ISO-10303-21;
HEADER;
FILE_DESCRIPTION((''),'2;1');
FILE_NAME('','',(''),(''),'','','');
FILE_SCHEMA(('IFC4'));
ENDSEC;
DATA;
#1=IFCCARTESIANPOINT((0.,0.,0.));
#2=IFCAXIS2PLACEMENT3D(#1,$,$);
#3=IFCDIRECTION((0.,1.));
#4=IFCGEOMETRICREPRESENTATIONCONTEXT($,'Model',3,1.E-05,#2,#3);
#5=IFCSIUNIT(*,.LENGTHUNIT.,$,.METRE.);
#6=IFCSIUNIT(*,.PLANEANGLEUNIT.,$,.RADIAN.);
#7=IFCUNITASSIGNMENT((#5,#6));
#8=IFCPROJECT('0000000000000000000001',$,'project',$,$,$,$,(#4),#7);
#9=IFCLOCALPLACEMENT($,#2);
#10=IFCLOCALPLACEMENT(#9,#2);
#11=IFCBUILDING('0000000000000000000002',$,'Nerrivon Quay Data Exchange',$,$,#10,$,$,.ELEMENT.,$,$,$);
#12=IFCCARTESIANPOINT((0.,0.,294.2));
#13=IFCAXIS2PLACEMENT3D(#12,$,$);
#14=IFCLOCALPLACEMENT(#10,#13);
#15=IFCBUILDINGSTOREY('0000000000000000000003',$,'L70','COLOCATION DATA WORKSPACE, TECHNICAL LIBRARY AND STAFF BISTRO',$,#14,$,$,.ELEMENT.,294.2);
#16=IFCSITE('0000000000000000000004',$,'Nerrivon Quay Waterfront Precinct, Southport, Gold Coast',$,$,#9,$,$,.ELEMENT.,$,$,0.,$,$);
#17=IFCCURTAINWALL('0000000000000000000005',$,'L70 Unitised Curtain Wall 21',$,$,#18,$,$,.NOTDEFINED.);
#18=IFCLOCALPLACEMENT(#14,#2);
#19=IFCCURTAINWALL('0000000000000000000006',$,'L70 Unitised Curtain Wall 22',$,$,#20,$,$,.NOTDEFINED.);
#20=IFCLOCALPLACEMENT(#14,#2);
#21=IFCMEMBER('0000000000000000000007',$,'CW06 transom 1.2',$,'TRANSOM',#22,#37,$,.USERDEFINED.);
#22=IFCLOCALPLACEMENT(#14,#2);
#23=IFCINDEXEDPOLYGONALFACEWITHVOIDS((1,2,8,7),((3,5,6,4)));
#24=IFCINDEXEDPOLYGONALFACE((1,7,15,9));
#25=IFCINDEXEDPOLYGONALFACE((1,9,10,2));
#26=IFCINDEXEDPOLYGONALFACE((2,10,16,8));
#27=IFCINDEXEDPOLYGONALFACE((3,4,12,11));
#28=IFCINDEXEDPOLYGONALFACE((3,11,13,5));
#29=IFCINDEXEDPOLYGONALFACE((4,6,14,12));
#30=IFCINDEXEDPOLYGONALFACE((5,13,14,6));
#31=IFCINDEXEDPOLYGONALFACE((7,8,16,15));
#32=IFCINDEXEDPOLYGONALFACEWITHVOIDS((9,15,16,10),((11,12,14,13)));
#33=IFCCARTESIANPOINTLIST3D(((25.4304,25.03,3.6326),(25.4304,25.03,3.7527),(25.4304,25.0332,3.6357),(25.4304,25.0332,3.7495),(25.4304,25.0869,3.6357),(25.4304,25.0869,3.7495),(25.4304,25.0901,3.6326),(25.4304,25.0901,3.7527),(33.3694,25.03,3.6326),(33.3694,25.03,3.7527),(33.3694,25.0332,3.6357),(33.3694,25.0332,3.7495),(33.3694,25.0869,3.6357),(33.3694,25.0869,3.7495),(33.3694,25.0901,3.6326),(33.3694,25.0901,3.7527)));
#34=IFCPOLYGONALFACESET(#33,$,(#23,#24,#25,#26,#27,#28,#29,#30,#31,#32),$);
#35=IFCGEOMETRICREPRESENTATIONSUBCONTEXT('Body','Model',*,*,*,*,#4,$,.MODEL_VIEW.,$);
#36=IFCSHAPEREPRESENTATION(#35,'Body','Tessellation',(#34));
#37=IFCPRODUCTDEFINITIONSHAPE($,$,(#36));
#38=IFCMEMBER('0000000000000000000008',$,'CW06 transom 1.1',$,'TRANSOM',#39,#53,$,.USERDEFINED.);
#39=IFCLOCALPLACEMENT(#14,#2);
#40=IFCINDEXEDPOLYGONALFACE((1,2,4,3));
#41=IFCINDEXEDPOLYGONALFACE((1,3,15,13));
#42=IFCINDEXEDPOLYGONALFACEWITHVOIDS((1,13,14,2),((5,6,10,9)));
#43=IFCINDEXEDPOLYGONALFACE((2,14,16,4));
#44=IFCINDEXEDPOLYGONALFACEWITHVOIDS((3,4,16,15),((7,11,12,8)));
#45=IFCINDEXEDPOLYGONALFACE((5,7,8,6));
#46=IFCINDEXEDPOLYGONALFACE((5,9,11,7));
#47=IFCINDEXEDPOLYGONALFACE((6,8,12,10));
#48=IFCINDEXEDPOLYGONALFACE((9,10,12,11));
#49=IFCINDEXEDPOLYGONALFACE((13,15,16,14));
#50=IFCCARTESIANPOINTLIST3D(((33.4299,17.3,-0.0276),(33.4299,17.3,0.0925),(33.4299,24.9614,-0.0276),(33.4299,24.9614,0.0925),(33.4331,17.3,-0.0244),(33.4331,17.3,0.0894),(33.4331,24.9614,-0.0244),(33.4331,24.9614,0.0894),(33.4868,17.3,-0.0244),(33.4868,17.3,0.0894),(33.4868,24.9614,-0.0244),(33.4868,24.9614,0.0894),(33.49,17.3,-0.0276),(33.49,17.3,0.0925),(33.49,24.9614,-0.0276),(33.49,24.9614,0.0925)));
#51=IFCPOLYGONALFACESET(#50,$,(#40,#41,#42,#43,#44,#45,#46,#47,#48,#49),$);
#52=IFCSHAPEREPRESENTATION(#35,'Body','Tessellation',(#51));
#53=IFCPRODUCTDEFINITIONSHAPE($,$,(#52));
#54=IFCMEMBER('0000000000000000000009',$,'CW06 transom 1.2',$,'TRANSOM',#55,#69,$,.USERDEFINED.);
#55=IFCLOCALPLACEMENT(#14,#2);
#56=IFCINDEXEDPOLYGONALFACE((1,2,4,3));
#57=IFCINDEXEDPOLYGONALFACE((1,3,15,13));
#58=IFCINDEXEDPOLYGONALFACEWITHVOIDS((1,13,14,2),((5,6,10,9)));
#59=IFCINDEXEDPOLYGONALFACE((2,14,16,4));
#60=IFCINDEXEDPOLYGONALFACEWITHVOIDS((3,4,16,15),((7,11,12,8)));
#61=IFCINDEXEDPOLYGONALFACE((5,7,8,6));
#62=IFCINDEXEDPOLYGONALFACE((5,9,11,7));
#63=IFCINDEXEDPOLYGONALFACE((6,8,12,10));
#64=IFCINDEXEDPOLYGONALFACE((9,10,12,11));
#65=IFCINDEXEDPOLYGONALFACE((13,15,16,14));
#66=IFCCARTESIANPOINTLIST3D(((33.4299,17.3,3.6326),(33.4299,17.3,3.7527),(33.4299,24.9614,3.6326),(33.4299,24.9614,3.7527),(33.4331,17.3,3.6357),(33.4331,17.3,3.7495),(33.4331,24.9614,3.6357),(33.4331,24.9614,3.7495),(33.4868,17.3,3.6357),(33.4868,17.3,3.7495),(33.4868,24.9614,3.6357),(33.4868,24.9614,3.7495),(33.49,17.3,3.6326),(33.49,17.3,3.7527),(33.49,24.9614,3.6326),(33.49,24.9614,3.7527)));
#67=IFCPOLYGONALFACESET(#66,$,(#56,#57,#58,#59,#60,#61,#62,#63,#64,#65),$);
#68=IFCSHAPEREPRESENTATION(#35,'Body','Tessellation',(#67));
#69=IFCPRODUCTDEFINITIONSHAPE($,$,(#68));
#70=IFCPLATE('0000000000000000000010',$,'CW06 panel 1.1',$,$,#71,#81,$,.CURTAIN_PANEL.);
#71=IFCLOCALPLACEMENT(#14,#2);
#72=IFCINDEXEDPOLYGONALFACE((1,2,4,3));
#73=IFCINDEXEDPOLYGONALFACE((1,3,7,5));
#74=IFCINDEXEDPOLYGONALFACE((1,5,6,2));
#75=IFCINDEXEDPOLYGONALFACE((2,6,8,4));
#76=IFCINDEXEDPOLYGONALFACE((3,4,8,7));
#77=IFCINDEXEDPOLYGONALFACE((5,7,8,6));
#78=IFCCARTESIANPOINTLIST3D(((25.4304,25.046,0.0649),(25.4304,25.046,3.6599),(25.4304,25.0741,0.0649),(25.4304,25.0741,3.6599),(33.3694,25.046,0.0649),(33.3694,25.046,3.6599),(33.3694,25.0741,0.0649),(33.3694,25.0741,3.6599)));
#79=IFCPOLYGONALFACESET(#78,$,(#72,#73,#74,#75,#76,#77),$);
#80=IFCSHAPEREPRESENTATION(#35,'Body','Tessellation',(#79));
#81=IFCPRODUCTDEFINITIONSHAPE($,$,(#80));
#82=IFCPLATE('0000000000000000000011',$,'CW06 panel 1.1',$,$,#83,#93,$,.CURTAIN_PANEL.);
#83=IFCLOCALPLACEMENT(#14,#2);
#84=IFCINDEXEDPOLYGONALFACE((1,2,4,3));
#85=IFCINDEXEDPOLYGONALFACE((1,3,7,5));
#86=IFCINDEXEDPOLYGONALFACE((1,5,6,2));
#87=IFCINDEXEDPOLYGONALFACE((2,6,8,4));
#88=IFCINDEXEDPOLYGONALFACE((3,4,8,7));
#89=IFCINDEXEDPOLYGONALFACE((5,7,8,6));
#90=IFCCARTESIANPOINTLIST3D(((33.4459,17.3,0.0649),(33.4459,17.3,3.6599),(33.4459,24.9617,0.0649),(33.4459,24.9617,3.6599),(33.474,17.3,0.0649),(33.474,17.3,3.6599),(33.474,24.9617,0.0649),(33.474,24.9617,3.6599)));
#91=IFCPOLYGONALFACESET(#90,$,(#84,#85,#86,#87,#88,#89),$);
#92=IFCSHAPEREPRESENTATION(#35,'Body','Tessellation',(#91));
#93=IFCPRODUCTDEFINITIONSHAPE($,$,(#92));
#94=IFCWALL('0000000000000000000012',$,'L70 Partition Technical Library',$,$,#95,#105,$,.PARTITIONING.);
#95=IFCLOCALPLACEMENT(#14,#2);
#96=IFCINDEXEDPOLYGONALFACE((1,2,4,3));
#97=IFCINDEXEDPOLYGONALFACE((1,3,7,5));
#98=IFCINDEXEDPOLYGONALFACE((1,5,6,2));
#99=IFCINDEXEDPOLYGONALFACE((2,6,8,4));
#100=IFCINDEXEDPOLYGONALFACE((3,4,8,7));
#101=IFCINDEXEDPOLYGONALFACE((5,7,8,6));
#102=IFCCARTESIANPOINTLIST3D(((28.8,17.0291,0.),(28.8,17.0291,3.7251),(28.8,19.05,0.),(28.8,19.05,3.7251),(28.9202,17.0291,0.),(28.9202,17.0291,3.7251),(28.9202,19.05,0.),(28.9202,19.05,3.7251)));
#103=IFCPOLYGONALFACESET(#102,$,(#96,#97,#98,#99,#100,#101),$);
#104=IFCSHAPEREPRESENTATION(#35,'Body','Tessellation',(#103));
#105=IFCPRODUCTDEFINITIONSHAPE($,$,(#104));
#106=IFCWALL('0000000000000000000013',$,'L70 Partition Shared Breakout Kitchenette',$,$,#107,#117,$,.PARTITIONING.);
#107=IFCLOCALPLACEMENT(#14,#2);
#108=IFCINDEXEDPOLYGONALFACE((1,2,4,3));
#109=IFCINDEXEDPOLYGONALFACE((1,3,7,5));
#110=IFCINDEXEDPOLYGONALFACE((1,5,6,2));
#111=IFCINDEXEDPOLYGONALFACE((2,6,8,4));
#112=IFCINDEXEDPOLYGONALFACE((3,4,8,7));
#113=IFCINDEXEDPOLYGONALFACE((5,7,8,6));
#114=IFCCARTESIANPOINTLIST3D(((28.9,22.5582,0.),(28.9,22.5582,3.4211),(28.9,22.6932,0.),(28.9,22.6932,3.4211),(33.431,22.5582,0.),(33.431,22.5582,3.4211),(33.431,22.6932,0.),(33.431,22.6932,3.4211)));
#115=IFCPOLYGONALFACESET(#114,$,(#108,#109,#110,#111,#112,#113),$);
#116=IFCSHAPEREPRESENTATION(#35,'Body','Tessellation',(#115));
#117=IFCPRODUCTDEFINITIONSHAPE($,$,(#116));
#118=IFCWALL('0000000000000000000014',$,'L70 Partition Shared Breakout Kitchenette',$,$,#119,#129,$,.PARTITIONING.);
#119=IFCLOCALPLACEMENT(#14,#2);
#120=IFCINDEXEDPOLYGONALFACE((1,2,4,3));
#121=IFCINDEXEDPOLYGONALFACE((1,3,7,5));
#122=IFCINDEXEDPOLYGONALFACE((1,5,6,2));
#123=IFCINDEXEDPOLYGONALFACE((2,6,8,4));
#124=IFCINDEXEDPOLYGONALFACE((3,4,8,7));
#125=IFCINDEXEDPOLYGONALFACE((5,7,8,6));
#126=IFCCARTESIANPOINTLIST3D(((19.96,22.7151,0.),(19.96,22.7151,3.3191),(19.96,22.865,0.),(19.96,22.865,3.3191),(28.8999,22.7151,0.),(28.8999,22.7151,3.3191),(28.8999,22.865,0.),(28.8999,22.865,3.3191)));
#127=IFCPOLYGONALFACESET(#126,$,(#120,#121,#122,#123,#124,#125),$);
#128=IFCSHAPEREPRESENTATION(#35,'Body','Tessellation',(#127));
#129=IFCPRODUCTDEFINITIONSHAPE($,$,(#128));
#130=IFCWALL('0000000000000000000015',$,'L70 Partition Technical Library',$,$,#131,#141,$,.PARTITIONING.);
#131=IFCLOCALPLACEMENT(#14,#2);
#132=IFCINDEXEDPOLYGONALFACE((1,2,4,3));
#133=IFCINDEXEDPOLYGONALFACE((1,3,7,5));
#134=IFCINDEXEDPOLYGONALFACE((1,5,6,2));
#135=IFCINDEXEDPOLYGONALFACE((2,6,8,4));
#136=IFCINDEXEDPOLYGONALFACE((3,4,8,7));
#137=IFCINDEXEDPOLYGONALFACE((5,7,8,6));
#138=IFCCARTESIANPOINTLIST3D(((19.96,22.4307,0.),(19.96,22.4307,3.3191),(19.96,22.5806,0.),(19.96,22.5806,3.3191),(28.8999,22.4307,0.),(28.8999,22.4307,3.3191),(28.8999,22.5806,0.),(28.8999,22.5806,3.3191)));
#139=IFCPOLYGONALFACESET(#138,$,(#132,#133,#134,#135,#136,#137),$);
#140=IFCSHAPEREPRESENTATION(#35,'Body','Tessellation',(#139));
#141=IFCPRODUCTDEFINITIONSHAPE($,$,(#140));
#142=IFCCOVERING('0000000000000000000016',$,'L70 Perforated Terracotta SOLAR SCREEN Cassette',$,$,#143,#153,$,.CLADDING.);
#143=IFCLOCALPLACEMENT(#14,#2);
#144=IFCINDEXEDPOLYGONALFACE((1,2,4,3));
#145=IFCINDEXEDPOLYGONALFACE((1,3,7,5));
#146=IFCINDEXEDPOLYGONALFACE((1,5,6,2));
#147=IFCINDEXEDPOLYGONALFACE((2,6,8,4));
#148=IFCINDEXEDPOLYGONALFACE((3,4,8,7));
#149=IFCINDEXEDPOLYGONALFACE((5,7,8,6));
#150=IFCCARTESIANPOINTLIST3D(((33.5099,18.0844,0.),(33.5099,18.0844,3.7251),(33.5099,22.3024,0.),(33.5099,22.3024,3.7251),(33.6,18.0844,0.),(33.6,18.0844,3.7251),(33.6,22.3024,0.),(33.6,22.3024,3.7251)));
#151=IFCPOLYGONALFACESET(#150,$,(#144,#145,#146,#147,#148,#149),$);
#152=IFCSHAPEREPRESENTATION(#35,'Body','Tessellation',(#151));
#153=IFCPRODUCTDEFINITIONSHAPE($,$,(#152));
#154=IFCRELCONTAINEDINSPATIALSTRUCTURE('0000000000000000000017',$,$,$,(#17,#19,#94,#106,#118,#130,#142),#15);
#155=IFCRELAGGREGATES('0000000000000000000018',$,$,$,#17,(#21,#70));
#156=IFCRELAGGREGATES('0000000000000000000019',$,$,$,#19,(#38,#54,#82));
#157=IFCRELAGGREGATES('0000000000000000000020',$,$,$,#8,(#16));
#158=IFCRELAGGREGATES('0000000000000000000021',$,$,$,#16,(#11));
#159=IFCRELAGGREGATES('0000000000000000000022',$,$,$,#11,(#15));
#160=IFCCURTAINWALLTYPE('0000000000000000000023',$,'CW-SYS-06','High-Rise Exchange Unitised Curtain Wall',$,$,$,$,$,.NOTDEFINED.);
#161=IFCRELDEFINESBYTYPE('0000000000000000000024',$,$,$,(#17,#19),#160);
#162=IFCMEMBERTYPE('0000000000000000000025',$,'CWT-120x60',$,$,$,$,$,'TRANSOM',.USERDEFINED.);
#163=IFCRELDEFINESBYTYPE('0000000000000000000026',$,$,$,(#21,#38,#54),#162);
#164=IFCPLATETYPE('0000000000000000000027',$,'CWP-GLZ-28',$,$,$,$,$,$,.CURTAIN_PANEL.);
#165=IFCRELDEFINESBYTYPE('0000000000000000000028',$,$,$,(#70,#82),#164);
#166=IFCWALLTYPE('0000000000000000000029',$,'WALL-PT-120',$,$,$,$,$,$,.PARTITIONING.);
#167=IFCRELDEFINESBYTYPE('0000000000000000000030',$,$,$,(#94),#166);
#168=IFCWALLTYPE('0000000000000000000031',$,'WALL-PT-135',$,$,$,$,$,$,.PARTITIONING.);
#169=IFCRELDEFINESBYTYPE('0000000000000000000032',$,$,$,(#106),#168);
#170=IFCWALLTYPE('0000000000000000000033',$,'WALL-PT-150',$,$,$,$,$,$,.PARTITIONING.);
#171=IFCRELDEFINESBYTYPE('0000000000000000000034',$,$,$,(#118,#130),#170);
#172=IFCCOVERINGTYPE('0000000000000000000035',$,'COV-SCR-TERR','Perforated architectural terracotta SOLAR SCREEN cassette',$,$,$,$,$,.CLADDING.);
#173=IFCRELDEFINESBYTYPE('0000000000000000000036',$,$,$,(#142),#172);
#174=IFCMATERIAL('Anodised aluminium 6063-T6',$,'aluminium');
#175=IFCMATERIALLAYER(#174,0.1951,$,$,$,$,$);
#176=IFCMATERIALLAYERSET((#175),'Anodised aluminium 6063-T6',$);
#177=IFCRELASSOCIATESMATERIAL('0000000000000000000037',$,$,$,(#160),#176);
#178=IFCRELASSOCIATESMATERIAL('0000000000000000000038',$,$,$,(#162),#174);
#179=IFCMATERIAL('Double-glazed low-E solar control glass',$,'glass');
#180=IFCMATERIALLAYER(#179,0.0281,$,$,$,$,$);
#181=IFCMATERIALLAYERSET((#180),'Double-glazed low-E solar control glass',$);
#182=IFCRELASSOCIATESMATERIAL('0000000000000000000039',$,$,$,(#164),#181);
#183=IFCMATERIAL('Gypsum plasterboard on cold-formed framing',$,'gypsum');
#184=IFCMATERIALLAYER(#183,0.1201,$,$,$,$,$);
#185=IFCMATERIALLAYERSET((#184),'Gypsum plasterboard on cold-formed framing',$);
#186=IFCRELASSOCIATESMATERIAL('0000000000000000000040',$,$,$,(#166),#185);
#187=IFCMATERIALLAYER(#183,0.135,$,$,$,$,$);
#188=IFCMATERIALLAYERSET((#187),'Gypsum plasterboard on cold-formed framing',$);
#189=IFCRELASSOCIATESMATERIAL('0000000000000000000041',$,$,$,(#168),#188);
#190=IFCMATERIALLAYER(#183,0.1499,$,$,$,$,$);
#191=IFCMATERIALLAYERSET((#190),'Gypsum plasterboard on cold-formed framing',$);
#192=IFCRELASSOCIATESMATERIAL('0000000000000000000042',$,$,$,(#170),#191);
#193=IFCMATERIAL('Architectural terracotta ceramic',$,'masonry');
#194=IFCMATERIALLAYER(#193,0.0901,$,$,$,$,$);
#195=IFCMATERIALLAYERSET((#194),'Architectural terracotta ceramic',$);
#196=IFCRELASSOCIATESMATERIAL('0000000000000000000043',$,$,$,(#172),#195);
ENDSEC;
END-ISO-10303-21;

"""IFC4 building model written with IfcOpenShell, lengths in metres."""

from ifc_helpers import new_model, si_unit, direction, frame, frame_2d, origin, origin_2d, place, context, subcontext, project, spatial, rectangle, hollow_rectangle, extrude, material, layer, layer_set, material_profile, profile_set, type_object, element, aggregate, save


model = new_model("IFC4")

# Units and contexts
model_context = context("Model", 3, precision=1e-05, world=origin(), true_north=direction((0.0, 1.0)))
body_context = subcontext(model_context, "Body", "Model", "MODEL_VIEW")
ifc_project = project(units=[si_unit("LENGTHUNIT", "METRE"), si_unit("PLANEANGLEUNIT", "RADIAN")], contexts=[model_context])

# Site, building, storey
site_placement = place(None, origin())
site = spatial("IfcSite", under=ifc_project, at=site_placement, Name="Nerrivon Quay Waterfront Precinct, Southport, Gold Coast", CompositionType="ELEMENT", RefElevation=0.0)
building_placement = place(site_placement, origin())
building = spatial("IfcBuilding", under=site, at=building_placement, Name="Nerrivon Quay Data Exchange", CompositionType="ELEMENT")
storey_placement = place(building_placement, frame((0.0, 0.0, 294.2)))
storey = spatial("IfcBuildingStorey", under=building, at=storey_placement, Name="L70", Description="COLOCATION DATA WORKSPACE, TECHNICAL LIBRARY AND STAFF BISTRO", CompositionType="ELEMENT", Elevation=294.2)

# Curtain wall
ifc_material_1 = material(Name="Anodised aluminium 6063-T6", Category="aluminium")
ifc_layer_1 = layer(ifc_material_1, 0.1951)
ifc_layer_set_1 = layer_set([ifc_layer_1], Name="Anodised aluminium 6063-T6")
curtain_wall_type = type_object("IfcCurtainWallType", Name="CW-SYS-06", Description="High-Rise Exchange Unitised Curtain Wall", PredefinedType="NOTDEFINED", material=ifc_layer_set_1)
curtain_wall_1_placement = place(storey_placement, origin())
curtain_wall_1 = element("IfcCurtainWall", 1, at=curtain_wall_1_placement, inside=storey, type_object=curtain_wall_type, Name="L70 Unitised Curtain Wall 21", PredefinedType="NOTDEFINED")

# Curtain wall
curtain_wall_2_placement = place(storey_placement, origin())
curtain_wall_2 = element("IfcCurtainWall", 2, at=curtain_wall_2_placement, inside=storey, type_object=curtain_wall_type, Name="L70 Unitised Curtain Wall 22", PredefinedType="NOTDEFINED")

# Members
ifc_material_profile_1 = material_profile(ifc_material_1, hollow_rectangle(XDim=0.0601, YDim=0.1201, WallThickness=0.0032, at=origin_2d()), Name="ALU-TRAN-120x60")
ifc_profile_set_1 = profile_set([ifc_material_profile_1], Name="Anodised aluminium 6063-T6")
member_type_1 = type_object("IfcMemberType", Name="CWT-120x60", ElementType="TRANSOM", PredefinedType="USERDEFINED", material=ifc_profile_set_1)
member_1_placement = place(storey_placement, frame((25.4304, 25.0601, 3.6926), z_axis=(1.0, 0.0, 0.0), x_axis=(0.0, 1.0, 0.0)))
member_1 = element("IfcMember", 3, at=member_1_placement, type_object=member_type_1, Name="CW06 transom 1.2", ObjectType="TRANSOM", PredefinedType="USERDEFINED", context=body_context, shape_type="SweptSolid", body=[
    extrude(hollow_rectangle(XDim=0.0601, YDim=0.1201, WallThickness=0.0032, at=origin_2d()), origin(), (0.0, 0.0, 1.0), 7.939),
])
member_2_placement = place(storey_placement, frame((33.46, 24.9614, 0.0325), z_axis=(0.0, -1.0, 0.0), x_axis=(1.0, 0.0, 0.0)))
member_2 = element("IfcMember", 4, at=member_2_placement, type_object=member_type_1, Name="CW06 transom 1.1", ObjectType="TRANSOM", PredefinedType="USERDEFINED", context=body_context, shape_type="SweptSolid", body=[
    extrude(hollow_rectangle(XDim=0.0601, YDim=0.1201, WallThickness=0.0032, at=origin_2d()), origin(), (0.0, 0.0, 1.0), 7.6614),
])
member_3_placement = place(storey_placement, frame((33.46, 24.9614, 3.6926), z_axis=(0.0, -1.0, 0.0), x_axis=(1.0, 0.0, 0.0)))
member_3 = element("IfcMember", 5, at=member_3_placement, type_object=member_type_1, Name="CW06 transom 1.2", ObjectType="TRANSOM", PredefinedType="USERDEFINED", context=body_context, shape_type="SweptSolid", body=[
    extrude(hollow_rectangle(XDim=0.0601, YDim=0.1201, WallThickness=0.0032, at=origin_2d()), origin(), (0.0, 0.0, 1.0), 7.6614),
])

# Plates
ifc_material_2 = material(Name="Double-glazed low-E solar control glass", Category="glass")
ifc_layer_2 = layer(ifc_material_2, 0.0281)
ifc_layer_set_2 = layer_set([ifc_layer_2], Name="Double-glazed low-E solar control glass")
plate_type = type_object("IfcPlateType", Name="CWP-GLZ-28", PredefinedType="CURTAIN_PANEL", material=ifc_layer_set_2)
plate_1_placement = place(storey_placement, frame((29.3999, 25.0601, 0.0649), z_axis=(0.0, 0.0, 1.0), x_axis=(1.0, 0.0, 0.0)))
plate_1 = element("IfcPlate", 6, at=plate_1_placement, type_object=plate_type, Name="CW06 panel 1.1", PredefinedType="CURTAIN_PANEL", context=body_context, shape_type="SweptSolid", body=[
    extrude(rectangle(XDim=7.939, YDim=0.0281, at=origin_2d()), origin(), (0.0, 0.0, 1.0), 3.595),
])
aggregate(curtain_wall_1, [member_1, plate_1])
plate_2_placement = place(storey_placement, frame((33.46, 21.1309, 0.0649), z_axis=(0.0, 0.0, 1.0), x_axis=(0.0, -1.0, 0.0)))
plate_2 = element("IfcPlate", 7, at=plate_2_placement, type_object=plate_type, Name="CW06 panel 1.1", PredefinedType="CURTAIN_PANEL", context=body_context, shape_type="SweptSolid", body=[
    extrude(rectangle(XDim=7.6616, YDim=0.0281, at=origin_2d()), origin(), (0.0, 0.0, 1.0), 3.595),
])
aggregate(curtain_wall_2, [member_2, member_3, plate_2])

# Shared definitions
ifc_material_3 = material(Name="Gypsum plasterboard on cold-formed framing", Category="gypsum")
ifc_layer_3 = layer(ifc_material_3, 0.1201)
ifc_layer_set_3 = layer_set([ifc_layer_3], Name="Gypsum plasterboard on cold-formed framing")
wall_type_1 = type_object("IfcWallType", Name="WALL-PT-120", PredefinedType="PARTITIONING", material=ifc_layer_set_3)

# Walls
wall_1_placement = place(storey_placement, frame((28.8601, 19.05, 0.0), z_axis=(0.0, 0.0, 1.0), x_axis=(0.0, -1.0, 0.0)))
element("IfcWall", 8, at=wall_1_placement, inside=storey, type_object=wall_type_1, Name="L70 Partition Technical Library", PredefinedType="PARTITIONING", context=body_context, shape_type="SweptSolid", body=[
    extrude(rectangle(XDim=2.021, YDim=0.1201, at=frame_2d((1.0105, 0.0))), origin(), (0.0, 0.0, 1.0), 3.7251),
])
ifc_layer_4 = layer(ifc_material_3, 0.135)
ifc_layer_set_4 = layer_set([ifc_layer_4], Name="Gypsum plasterboard on cold-formed framing")
wall_type_2 = type_object("IfcWallType", Name="WALL-PT-135", PredefinedType="PARTITIONING", material=ifc_layer_set_4)
wall_2_placement = place(storey_placement, frame((28.8999, 22.6257, 0.0), z_axis=(0.0, 0.0, 1.0), x_axis=(1.0, 0.0, 0.0)))
element("IfcWall", 9, at=wall_2_placement, inside=storey, type_object=wall_type_2, Name="L70 Partition Shared Breakout Kitchenette", PredefinedType="PARTITIONING", context=body_context, shape_type="SweptSolid", body=[
    extrude(rectangle(XDim=4.531, YDim=0.135, at=frame_2d((2.2656, 0.0))), origin(), (0.0, 0.0, 1.0), 3.4211),
])
ifc_layer_5 = layer(ifc_material_3, 0.1499)
ifc_layer_set_5 = layer_set([ifc_layer_5], Name="Gypsum plasterboard on cold-formed framing")
wall_type_3 = type_object("IfcWallType", Name="WALL-PT-150", PredefinedType="PARTITIONING", material=ifc_layer_set_5)
for number, where, z_axis, x_axis, name in (
    (10, (28.8999, 22.79, 0.0), (0.0, 0.0, 1.0), (-1.0, 0.0, 0.0), "L70 Partition Shared Breakout Kitchenette"),
    (11, (28.8999, 22.5056, 0.0), (0.0, 0.0, 1.0), (-1.0, 0.0, 0.0), "L70 Partition Technical Library"),
):
    element("IfcWall", number, at=place(storey_placement, frame(where, z_axis=z_axis, x_axis=x_axis)), inside=storey, type_object=wall_type_3, Name=name, PredefinedType="PARTITIONING", context=body_context, shape_type="SweptSolid", body=[
        extrude(rectangle(XDim=8.9399, YDim=0.1499, at=frame_2d((4.47, 0.0))), origin(), (0.0, 0.0, 1.0), 3.3191),
    ])

# Covering
ifc_material_4 = material(Name="Architectural terracotta ceramic", Category="masonry")
ifc_layer_6 = layer(ifc_material_4, 0.0901)
ifc_layer_set_6 = layer_set([ifc_layer_6], Name="Architectural terracotta ceramic")
covering_type = type_object("IfcCoveringType", Name="COV-SCR-TERR", Description="Perforated architectural terracotta SOLAR SCREEN cassette", PredefinedType="CLADDING", material=ifc_layer_set_6)
covering_placement = place(storey_placement, frame((33.5549, 20.1934, 0.0), z_axis=(0.0, 0.0, 1.0), x_axis=(0.0, -1.0, 0.0)))
element("IfcCovering", 12, at=covering_placement, inside=storey, type_object=covering_type, Name="L70 Perforated Terracotta SOLAR SCREEN Cassette", PredefinedType="CLADDING", context=body_context, shape_type="SweptSolid", body=[
    extrude(rectangle(XDim=4.218, YDim=0.0901, at=origin_2d()), origin(), (0.0, 0.0, 1.0), 3.7251),
])

save(model, "model.ifc")
